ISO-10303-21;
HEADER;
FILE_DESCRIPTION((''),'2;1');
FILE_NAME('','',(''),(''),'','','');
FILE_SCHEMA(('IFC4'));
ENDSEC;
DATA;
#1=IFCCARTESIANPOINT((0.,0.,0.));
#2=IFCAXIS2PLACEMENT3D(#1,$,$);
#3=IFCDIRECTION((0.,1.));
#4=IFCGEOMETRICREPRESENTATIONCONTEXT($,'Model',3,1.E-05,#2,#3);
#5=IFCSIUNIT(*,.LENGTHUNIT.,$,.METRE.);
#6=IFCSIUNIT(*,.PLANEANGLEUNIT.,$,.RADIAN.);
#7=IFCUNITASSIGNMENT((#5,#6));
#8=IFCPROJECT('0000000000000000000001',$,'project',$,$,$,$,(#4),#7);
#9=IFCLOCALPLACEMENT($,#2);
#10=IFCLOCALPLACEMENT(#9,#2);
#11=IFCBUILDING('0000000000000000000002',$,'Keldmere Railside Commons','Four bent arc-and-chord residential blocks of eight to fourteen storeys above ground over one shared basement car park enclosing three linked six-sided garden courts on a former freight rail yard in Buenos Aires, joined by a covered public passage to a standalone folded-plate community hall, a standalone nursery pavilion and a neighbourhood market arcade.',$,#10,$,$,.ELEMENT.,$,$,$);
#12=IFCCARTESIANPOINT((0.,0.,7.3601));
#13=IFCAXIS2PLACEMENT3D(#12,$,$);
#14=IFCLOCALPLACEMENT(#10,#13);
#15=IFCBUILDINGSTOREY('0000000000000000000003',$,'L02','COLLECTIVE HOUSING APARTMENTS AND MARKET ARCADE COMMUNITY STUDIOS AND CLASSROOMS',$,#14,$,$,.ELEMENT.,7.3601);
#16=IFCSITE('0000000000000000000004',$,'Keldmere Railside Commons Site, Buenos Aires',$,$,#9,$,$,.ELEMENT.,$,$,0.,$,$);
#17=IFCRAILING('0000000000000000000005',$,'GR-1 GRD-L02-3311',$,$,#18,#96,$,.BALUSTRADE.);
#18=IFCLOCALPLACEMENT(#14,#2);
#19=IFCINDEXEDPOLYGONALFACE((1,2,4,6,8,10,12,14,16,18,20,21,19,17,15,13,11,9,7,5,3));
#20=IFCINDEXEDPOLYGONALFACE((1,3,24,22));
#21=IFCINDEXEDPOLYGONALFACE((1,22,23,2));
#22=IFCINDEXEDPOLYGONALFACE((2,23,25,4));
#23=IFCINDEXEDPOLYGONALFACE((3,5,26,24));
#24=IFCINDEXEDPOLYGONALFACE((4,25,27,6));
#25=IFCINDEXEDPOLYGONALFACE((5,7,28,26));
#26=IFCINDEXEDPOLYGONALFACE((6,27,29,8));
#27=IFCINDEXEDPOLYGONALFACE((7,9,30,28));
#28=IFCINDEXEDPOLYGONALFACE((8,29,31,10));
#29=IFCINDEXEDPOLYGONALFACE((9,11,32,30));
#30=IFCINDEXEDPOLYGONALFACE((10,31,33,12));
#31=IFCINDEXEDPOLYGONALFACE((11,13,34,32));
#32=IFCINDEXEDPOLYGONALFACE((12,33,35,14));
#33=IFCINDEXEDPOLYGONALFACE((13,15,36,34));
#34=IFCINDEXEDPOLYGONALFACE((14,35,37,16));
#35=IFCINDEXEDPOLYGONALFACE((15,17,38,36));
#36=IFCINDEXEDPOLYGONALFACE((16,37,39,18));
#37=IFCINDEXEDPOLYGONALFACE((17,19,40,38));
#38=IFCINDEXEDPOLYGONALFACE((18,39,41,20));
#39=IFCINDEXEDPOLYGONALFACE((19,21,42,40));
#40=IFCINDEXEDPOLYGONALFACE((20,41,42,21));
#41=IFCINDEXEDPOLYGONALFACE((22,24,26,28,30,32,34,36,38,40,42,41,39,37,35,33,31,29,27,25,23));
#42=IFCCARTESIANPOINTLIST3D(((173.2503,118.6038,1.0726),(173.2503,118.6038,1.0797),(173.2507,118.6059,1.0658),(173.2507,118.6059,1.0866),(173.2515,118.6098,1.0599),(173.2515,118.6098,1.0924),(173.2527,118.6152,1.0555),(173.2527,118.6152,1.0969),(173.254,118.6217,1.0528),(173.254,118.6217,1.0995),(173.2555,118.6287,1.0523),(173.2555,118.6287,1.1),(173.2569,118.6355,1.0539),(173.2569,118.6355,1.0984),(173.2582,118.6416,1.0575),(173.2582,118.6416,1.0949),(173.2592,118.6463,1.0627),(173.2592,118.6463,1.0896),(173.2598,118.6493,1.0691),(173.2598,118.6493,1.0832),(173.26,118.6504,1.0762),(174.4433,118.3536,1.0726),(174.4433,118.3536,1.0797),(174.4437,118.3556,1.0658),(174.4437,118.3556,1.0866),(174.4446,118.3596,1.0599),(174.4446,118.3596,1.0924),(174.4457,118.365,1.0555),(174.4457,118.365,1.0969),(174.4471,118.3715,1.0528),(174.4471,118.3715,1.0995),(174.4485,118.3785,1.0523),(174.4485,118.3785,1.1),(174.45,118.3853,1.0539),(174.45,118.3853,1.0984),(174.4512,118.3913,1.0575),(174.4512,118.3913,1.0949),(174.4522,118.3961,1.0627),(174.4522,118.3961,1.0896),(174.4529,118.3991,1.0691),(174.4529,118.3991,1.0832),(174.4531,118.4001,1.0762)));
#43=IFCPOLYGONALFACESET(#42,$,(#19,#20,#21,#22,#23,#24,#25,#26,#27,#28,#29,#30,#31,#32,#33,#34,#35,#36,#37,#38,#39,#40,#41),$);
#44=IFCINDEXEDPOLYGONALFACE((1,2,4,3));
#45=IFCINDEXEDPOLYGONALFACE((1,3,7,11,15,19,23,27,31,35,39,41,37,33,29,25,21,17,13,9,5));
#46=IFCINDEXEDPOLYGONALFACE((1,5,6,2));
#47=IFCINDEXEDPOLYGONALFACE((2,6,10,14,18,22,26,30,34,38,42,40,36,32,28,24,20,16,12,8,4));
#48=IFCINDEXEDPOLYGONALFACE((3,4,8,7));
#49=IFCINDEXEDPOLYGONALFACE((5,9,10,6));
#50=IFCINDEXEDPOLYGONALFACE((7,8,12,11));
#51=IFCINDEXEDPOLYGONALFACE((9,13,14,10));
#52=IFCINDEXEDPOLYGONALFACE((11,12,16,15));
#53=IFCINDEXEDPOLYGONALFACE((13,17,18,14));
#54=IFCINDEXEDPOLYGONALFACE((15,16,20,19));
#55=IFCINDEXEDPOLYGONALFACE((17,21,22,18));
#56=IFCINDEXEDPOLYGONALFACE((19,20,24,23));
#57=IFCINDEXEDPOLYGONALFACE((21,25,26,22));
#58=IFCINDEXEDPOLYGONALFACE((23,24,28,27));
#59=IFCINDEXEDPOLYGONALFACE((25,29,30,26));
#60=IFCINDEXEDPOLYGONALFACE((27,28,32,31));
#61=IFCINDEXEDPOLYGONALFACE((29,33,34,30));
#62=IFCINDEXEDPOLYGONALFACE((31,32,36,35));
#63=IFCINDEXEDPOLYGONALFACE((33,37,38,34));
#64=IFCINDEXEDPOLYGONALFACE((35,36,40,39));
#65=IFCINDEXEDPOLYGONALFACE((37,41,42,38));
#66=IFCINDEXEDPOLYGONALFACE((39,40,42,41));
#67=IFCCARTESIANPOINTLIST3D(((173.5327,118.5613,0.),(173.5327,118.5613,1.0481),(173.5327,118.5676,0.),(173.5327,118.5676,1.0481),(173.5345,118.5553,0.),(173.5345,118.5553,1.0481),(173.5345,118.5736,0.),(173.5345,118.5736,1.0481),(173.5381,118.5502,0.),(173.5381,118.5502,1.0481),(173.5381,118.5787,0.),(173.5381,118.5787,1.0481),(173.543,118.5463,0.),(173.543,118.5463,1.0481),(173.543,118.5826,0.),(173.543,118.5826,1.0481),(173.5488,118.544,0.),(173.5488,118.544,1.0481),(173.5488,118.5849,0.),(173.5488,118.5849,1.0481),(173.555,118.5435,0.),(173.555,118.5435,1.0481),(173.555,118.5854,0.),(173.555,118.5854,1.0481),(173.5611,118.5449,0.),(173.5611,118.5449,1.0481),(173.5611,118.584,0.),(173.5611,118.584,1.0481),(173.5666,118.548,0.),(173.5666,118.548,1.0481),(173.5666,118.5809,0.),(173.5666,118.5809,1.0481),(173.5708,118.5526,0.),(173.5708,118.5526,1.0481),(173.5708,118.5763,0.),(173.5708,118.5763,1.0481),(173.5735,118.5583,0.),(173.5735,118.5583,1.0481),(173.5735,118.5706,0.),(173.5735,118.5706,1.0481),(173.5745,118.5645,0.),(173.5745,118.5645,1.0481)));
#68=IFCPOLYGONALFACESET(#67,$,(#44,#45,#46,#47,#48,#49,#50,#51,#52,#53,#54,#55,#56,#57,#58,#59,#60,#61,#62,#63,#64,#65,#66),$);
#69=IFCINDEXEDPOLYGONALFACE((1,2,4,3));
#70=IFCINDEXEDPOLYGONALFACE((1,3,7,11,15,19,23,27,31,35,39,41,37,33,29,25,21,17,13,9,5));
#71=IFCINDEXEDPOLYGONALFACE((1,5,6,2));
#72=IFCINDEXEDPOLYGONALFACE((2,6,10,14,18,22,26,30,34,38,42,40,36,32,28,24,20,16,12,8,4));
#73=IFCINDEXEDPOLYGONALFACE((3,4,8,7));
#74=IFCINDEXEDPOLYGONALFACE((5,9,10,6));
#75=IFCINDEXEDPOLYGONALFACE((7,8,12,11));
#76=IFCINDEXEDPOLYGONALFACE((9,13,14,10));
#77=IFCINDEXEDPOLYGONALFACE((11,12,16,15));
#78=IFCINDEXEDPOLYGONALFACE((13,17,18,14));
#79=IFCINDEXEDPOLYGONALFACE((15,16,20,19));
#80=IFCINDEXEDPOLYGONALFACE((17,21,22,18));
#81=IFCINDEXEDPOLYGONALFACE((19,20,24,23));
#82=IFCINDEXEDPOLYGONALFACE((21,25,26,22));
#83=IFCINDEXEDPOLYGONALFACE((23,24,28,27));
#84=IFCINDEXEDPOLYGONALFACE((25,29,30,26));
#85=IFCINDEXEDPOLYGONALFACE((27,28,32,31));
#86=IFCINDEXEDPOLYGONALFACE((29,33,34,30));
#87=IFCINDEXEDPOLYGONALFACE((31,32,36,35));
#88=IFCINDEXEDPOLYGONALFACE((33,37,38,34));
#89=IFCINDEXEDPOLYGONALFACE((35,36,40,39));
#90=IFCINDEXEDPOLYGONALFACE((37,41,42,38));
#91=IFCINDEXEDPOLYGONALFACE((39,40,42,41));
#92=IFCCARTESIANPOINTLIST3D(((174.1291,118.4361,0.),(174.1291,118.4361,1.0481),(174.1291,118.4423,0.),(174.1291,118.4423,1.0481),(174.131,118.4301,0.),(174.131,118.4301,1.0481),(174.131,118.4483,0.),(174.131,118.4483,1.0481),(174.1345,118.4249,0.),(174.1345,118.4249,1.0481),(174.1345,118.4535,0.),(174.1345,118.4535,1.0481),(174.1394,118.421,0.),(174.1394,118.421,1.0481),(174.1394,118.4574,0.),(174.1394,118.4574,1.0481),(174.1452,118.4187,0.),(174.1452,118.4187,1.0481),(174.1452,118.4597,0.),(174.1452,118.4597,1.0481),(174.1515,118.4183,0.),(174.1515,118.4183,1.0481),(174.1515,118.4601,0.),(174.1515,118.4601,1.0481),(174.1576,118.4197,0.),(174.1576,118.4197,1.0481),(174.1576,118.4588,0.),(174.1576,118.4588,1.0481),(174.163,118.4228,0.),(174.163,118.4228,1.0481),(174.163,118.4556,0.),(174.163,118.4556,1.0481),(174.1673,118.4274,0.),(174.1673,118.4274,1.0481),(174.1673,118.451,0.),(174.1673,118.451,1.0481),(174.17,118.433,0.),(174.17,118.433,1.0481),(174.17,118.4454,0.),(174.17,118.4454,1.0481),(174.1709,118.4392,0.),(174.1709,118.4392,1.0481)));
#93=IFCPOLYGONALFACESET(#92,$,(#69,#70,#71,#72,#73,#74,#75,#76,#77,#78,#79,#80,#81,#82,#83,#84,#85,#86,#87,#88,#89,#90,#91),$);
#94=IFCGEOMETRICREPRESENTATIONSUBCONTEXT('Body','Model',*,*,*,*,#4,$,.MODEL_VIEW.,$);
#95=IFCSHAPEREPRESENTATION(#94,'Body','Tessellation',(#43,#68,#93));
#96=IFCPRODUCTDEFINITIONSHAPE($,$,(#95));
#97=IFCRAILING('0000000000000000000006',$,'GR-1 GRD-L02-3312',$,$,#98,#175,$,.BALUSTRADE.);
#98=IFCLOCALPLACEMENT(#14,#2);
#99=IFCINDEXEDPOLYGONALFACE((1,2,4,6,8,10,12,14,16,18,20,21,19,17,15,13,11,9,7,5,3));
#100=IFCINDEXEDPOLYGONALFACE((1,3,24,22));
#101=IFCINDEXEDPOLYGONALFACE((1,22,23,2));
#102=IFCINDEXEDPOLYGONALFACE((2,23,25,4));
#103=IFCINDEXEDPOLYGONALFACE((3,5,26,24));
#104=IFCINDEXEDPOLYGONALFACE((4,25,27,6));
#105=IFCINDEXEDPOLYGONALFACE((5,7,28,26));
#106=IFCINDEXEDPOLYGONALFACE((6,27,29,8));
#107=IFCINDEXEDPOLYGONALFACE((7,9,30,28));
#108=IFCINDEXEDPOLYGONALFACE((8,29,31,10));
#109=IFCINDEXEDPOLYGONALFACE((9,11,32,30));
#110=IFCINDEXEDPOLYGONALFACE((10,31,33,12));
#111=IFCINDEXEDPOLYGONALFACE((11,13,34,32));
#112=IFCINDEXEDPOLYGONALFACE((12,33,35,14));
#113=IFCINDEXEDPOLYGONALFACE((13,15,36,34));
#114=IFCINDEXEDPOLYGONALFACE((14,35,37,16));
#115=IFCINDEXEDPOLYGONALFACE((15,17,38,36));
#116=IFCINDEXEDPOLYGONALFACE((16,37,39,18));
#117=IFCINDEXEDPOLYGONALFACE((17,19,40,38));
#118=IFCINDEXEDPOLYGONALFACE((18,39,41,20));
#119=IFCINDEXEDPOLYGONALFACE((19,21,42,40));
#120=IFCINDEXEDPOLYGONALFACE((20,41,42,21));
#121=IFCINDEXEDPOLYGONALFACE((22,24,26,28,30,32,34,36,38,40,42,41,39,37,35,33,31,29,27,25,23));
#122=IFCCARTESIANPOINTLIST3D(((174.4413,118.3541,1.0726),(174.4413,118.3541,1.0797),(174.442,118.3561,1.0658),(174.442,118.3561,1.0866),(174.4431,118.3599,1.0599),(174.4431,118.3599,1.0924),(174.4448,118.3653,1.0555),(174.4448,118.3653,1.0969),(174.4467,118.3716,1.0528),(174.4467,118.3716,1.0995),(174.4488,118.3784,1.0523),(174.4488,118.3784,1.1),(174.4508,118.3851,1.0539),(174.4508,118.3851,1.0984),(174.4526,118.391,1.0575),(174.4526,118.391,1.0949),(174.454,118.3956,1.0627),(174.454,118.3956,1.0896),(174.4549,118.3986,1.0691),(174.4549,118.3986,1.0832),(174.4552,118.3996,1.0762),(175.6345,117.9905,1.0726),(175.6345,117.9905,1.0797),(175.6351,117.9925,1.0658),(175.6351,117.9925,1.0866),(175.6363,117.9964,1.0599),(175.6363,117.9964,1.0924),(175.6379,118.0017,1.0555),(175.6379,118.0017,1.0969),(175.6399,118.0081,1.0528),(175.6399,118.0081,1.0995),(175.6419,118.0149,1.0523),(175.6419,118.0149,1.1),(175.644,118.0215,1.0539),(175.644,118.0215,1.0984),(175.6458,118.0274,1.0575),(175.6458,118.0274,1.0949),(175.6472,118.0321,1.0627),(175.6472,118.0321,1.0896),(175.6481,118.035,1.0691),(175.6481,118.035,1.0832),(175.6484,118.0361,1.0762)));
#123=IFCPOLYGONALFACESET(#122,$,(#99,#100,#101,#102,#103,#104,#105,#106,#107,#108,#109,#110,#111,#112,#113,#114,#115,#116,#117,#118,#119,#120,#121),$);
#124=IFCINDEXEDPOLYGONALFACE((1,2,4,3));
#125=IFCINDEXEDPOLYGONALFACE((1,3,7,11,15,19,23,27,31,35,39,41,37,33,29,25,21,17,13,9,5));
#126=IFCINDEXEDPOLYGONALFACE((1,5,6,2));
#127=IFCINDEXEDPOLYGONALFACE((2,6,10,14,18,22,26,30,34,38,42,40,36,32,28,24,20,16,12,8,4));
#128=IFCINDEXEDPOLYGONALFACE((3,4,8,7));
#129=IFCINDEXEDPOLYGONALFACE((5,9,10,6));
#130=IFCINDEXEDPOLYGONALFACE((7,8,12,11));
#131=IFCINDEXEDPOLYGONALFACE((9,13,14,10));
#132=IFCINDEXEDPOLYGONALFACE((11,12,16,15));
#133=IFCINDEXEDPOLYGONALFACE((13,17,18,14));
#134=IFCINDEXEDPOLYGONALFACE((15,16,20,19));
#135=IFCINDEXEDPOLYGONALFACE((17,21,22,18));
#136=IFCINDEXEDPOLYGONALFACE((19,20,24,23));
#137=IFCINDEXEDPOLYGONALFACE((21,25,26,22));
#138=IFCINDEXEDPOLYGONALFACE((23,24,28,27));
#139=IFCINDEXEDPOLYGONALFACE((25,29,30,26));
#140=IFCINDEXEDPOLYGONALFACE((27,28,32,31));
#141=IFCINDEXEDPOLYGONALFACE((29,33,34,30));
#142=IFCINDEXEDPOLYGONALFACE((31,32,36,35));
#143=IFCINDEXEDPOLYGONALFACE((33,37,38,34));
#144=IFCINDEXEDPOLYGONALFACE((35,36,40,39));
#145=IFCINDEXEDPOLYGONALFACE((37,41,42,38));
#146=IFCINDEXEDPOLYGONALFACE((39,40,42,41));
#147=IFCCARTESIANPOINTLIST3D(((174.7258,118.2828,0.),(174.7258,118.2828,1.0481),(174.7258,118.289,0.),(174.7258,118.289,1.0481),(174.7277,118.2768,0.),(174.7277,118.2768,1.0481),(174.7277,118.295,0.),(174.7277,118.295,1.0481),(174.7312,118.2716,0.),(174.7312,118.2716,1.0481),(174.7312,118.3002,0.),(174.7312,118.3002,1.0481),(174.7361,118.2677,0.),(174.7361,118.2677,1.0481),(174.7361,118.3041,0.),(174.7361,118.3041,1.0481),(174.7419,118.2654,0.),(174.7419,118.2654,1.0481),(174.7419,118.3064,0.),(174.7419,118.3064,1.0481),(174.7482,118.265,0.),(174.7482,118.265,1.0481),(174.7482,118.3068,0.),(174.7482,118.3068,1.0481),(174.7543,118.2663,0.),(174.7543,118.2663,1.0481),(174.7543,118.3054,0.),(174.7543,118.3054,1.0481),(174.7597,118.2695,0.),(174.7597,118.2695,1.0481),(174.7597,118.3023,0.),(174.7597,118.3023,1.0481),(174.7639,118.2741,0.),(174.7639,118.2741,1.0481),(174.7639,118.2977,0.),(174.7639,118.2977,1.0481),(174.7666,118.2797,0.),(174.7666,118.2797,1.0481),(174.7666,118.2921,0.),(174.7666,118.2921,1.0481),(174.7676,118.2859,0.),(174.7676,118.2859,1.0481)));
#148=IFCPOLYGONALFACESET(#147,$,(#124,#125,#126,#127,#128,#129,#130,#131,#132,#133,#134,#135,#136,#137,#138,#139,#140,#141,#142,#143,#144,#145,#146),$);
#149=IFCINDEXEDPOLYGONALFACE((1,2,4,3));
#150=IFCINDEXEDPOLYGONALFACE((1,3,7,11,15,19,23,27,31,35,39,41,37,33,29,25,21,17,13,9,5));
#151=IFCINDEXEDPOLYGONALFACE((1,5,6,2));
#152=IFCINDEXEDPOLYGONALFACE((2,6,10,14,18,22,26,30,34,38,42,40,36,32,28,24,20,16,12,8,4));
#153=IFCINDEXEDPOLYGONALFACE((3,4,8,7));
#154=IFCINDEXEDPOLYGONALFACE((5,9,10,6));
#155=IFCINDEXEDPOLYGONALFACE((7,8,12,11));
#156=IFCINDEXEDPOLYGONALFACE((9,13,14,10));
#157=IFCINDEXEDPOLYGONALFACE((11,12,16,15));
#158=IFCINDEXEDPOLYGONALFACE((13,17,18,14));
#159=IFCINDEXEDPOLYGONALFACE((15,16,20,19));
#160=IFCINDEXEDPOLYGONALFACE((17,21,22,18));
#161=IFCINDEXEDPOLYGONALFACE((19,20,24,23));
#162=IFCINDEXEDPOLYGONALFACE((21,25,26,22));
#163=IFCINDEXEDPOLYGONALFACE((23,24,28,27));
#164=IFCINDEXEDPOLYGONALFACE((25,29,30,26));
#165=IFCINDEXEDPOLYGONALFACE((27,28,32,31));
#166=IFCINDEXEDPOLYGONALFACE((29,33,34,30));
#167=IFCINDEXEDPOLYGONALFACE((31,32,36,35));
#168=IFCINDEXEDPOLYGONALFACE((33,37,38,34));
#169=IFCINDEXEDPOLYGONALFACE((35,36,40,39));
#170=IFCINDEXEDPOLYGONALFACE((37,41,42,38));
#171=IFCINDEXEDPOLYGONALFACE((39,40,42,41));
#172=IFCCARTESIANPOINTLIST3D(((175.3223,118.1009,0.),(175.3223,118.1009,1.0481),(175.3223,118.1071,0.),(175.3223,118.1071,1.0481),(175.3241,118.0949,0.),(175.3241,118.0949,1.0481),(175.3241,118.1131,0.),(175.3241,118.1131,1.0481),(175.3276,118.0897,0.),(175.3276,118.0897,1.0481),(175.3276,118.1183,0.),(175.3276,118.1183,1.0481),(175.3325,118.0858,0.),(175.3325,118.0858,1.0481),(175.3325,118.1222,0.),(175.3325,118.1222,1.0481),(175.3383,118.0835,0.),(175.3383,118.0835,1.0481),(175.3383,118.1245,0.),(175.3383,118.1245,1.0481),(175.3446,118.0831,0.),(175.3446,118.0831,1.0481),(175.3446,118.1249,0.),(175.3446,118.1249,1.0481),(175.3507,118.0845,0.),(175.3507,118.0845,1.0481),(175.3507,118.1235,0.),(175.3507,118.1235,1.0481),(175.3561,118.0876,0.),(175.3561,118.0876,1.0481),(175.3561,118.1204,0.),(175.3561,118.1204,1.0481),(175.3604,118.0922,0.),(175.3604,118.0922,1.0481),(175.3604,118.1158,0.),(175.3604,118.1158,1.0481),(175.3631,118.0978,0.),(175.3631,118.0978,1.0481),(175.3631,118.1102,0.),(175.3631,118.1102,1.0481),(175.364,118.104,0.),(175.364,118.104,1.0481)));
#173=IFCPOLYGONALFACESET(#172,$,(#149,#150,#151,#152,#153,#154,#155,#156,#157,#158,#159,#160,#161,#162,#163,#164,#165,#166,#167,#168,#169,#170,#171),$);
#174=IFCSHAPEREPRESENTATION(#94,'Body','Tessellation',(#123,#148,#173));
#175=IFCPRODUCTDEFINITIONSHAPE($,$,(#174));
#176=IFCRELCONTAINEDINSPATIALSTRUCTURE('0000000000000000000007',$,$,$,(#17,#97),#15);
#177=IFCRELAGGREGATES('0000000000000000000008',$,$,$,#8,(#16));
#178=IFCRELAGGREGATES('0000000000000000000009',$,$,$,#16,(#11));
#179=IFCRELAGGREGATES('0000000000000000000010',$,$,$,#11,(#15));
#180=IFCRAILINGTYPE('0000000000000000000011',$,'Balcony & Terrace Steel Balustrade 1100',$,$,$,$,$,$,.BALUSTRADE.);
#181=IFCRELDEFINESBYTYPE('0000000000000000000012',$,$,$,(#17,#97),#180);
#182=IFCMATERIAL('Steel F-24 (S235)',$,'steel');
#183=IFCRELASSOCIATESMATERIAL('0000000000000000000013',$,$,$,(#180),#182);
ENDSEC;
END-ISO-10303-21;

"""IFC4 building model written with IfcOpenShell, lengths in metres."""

from ifc_helpers import new_model, si_unit, direction, frame, origin, origin_2d, place, context, subcontext, project, spatial, circle, extrude, material, type_object, element, save


model = new_model("IFC4")

# Units and contexts
model_context = context("Model", 3, precision=1e-05, world=origin(), true_north=direction((0.0, 1.0)))
body_context = subcontext(model_context, "Body", "Model", "MODEL_VIEW")
ifc_project = project(units=[si_unit("LENGTHUNIT", "METRE"), si_unit("PLANEANGLEUNIT", "RADIAN")], contexts=[model_context])

# Site, building, storey
site_placement = place(None, origin())
site = spatial("IfcSite", under=ifc_project, at=site_placement, Name="Keldmere Railside Commons Site, Buenos Aires", CompositionType="ELEMENT", RefElevation=0.0)
building_placement = place(site_placement, origin())
building = spatial("IfcBuilding", under=site, at=building_placement, Name="Keldmere Railside Commons", Description="Four bent arc-and-chord residential blocks of eight to fourteen storeys above ground over one shared basement car park enclosing three linked six-sided garden courts on a former freight rail yard in Buenos Aires, joined by a covered public passage to a standalone folded-plate community hall, a standalone nursery pavilion and a neighbourhood market arcade.", CompositionType="ELEMENT")
storey_placement = place(building_placement, frame((0.0, 0.0, 7.3601)))
storey = spatial("IfcBuildingStorey", under=building, at=storey_placement, Name="L02", Description="COLLECTIVE HOUSING APARTMENTS AND MARKET ARCADE COMMUNITY STUDIOS AND CLASSROOMS", CompositionType="ELEMENT", Elevation=7.3601)

# Railings
ifc_material_1 = material(Name="Steel F-24 (S235)", Category="steel")
railing_type = type_object("IfcRailingType", Name="Balcony & Terrace Steel Balustrade 1100", PredefinedType="BALUSTRADE", material=ifc_material_1)
railing_1_placement = place(storey_placement, frame((173.2551, 118.627, 0.0)))
element("IfcRailing", 1, at=railing_1_placement, inside=storey, type_object=railing_type, Name="GR-1 GRD-L02-3311", PredefinedType="BALUSTRADE", context=body_context, shape_type="SweptSolid", body=[
    extrude(circle(Radius=0.0239, at=origin_2d()), frame((0.0, 0.0, 1.0762), z_axis=(0.978705, -0.205274, 0.0), x_axis=(0.205274, 0.978705, 0.0)), (0.0, 0.0, 1.0), 1.219),
    extrude(circle(Radius=0.021, at=origin_2d()), frame((0.2983, -0.0625, 0.0)), (0.0, 0.0, 1.0), 1.0481),
    extrude(circle(Radius=0.021, at=origin_2d()), frame((0.8948, -0.1877, 0.0)), (0.0, 0.0, 1.0), 1.0481),
])
railing_2_placement = place(storey_placement, frame((174.4482, 118.3767, 0.0)))
element("IfcRailing", 2, at=railing_2_placement, inside=storey, type_object=railing_type, Name="GR-1 GRD-L02-3312", PredefinedType="BALUSTRADE", context=body_context, shape_type="SweptSolid", body=[
    extrude(circle(Radius=0.0239, at=origin_2d()), frame((0.0, 0.0, 1.0762), z_axis=(0.956584, -0.291458, 0.0), x_axis=(0.291458, 0.956584, 0.0)), (0.0, 0.0, 1.0), 1.2473),
    extrude(circle(Radius=0.021, at=origin_2d()), frame((0.2983, -0.0908, 0.0)), (0.0, 0.0, 1.0), 1.0481),
    extrude(circle(Radius=0.021, at=origin_2d()), frame((0.8948, -0.2727, 0.0)), (0.0, 0.0, 1.0), 1.0481),
])

save(model, "model.ifc")
